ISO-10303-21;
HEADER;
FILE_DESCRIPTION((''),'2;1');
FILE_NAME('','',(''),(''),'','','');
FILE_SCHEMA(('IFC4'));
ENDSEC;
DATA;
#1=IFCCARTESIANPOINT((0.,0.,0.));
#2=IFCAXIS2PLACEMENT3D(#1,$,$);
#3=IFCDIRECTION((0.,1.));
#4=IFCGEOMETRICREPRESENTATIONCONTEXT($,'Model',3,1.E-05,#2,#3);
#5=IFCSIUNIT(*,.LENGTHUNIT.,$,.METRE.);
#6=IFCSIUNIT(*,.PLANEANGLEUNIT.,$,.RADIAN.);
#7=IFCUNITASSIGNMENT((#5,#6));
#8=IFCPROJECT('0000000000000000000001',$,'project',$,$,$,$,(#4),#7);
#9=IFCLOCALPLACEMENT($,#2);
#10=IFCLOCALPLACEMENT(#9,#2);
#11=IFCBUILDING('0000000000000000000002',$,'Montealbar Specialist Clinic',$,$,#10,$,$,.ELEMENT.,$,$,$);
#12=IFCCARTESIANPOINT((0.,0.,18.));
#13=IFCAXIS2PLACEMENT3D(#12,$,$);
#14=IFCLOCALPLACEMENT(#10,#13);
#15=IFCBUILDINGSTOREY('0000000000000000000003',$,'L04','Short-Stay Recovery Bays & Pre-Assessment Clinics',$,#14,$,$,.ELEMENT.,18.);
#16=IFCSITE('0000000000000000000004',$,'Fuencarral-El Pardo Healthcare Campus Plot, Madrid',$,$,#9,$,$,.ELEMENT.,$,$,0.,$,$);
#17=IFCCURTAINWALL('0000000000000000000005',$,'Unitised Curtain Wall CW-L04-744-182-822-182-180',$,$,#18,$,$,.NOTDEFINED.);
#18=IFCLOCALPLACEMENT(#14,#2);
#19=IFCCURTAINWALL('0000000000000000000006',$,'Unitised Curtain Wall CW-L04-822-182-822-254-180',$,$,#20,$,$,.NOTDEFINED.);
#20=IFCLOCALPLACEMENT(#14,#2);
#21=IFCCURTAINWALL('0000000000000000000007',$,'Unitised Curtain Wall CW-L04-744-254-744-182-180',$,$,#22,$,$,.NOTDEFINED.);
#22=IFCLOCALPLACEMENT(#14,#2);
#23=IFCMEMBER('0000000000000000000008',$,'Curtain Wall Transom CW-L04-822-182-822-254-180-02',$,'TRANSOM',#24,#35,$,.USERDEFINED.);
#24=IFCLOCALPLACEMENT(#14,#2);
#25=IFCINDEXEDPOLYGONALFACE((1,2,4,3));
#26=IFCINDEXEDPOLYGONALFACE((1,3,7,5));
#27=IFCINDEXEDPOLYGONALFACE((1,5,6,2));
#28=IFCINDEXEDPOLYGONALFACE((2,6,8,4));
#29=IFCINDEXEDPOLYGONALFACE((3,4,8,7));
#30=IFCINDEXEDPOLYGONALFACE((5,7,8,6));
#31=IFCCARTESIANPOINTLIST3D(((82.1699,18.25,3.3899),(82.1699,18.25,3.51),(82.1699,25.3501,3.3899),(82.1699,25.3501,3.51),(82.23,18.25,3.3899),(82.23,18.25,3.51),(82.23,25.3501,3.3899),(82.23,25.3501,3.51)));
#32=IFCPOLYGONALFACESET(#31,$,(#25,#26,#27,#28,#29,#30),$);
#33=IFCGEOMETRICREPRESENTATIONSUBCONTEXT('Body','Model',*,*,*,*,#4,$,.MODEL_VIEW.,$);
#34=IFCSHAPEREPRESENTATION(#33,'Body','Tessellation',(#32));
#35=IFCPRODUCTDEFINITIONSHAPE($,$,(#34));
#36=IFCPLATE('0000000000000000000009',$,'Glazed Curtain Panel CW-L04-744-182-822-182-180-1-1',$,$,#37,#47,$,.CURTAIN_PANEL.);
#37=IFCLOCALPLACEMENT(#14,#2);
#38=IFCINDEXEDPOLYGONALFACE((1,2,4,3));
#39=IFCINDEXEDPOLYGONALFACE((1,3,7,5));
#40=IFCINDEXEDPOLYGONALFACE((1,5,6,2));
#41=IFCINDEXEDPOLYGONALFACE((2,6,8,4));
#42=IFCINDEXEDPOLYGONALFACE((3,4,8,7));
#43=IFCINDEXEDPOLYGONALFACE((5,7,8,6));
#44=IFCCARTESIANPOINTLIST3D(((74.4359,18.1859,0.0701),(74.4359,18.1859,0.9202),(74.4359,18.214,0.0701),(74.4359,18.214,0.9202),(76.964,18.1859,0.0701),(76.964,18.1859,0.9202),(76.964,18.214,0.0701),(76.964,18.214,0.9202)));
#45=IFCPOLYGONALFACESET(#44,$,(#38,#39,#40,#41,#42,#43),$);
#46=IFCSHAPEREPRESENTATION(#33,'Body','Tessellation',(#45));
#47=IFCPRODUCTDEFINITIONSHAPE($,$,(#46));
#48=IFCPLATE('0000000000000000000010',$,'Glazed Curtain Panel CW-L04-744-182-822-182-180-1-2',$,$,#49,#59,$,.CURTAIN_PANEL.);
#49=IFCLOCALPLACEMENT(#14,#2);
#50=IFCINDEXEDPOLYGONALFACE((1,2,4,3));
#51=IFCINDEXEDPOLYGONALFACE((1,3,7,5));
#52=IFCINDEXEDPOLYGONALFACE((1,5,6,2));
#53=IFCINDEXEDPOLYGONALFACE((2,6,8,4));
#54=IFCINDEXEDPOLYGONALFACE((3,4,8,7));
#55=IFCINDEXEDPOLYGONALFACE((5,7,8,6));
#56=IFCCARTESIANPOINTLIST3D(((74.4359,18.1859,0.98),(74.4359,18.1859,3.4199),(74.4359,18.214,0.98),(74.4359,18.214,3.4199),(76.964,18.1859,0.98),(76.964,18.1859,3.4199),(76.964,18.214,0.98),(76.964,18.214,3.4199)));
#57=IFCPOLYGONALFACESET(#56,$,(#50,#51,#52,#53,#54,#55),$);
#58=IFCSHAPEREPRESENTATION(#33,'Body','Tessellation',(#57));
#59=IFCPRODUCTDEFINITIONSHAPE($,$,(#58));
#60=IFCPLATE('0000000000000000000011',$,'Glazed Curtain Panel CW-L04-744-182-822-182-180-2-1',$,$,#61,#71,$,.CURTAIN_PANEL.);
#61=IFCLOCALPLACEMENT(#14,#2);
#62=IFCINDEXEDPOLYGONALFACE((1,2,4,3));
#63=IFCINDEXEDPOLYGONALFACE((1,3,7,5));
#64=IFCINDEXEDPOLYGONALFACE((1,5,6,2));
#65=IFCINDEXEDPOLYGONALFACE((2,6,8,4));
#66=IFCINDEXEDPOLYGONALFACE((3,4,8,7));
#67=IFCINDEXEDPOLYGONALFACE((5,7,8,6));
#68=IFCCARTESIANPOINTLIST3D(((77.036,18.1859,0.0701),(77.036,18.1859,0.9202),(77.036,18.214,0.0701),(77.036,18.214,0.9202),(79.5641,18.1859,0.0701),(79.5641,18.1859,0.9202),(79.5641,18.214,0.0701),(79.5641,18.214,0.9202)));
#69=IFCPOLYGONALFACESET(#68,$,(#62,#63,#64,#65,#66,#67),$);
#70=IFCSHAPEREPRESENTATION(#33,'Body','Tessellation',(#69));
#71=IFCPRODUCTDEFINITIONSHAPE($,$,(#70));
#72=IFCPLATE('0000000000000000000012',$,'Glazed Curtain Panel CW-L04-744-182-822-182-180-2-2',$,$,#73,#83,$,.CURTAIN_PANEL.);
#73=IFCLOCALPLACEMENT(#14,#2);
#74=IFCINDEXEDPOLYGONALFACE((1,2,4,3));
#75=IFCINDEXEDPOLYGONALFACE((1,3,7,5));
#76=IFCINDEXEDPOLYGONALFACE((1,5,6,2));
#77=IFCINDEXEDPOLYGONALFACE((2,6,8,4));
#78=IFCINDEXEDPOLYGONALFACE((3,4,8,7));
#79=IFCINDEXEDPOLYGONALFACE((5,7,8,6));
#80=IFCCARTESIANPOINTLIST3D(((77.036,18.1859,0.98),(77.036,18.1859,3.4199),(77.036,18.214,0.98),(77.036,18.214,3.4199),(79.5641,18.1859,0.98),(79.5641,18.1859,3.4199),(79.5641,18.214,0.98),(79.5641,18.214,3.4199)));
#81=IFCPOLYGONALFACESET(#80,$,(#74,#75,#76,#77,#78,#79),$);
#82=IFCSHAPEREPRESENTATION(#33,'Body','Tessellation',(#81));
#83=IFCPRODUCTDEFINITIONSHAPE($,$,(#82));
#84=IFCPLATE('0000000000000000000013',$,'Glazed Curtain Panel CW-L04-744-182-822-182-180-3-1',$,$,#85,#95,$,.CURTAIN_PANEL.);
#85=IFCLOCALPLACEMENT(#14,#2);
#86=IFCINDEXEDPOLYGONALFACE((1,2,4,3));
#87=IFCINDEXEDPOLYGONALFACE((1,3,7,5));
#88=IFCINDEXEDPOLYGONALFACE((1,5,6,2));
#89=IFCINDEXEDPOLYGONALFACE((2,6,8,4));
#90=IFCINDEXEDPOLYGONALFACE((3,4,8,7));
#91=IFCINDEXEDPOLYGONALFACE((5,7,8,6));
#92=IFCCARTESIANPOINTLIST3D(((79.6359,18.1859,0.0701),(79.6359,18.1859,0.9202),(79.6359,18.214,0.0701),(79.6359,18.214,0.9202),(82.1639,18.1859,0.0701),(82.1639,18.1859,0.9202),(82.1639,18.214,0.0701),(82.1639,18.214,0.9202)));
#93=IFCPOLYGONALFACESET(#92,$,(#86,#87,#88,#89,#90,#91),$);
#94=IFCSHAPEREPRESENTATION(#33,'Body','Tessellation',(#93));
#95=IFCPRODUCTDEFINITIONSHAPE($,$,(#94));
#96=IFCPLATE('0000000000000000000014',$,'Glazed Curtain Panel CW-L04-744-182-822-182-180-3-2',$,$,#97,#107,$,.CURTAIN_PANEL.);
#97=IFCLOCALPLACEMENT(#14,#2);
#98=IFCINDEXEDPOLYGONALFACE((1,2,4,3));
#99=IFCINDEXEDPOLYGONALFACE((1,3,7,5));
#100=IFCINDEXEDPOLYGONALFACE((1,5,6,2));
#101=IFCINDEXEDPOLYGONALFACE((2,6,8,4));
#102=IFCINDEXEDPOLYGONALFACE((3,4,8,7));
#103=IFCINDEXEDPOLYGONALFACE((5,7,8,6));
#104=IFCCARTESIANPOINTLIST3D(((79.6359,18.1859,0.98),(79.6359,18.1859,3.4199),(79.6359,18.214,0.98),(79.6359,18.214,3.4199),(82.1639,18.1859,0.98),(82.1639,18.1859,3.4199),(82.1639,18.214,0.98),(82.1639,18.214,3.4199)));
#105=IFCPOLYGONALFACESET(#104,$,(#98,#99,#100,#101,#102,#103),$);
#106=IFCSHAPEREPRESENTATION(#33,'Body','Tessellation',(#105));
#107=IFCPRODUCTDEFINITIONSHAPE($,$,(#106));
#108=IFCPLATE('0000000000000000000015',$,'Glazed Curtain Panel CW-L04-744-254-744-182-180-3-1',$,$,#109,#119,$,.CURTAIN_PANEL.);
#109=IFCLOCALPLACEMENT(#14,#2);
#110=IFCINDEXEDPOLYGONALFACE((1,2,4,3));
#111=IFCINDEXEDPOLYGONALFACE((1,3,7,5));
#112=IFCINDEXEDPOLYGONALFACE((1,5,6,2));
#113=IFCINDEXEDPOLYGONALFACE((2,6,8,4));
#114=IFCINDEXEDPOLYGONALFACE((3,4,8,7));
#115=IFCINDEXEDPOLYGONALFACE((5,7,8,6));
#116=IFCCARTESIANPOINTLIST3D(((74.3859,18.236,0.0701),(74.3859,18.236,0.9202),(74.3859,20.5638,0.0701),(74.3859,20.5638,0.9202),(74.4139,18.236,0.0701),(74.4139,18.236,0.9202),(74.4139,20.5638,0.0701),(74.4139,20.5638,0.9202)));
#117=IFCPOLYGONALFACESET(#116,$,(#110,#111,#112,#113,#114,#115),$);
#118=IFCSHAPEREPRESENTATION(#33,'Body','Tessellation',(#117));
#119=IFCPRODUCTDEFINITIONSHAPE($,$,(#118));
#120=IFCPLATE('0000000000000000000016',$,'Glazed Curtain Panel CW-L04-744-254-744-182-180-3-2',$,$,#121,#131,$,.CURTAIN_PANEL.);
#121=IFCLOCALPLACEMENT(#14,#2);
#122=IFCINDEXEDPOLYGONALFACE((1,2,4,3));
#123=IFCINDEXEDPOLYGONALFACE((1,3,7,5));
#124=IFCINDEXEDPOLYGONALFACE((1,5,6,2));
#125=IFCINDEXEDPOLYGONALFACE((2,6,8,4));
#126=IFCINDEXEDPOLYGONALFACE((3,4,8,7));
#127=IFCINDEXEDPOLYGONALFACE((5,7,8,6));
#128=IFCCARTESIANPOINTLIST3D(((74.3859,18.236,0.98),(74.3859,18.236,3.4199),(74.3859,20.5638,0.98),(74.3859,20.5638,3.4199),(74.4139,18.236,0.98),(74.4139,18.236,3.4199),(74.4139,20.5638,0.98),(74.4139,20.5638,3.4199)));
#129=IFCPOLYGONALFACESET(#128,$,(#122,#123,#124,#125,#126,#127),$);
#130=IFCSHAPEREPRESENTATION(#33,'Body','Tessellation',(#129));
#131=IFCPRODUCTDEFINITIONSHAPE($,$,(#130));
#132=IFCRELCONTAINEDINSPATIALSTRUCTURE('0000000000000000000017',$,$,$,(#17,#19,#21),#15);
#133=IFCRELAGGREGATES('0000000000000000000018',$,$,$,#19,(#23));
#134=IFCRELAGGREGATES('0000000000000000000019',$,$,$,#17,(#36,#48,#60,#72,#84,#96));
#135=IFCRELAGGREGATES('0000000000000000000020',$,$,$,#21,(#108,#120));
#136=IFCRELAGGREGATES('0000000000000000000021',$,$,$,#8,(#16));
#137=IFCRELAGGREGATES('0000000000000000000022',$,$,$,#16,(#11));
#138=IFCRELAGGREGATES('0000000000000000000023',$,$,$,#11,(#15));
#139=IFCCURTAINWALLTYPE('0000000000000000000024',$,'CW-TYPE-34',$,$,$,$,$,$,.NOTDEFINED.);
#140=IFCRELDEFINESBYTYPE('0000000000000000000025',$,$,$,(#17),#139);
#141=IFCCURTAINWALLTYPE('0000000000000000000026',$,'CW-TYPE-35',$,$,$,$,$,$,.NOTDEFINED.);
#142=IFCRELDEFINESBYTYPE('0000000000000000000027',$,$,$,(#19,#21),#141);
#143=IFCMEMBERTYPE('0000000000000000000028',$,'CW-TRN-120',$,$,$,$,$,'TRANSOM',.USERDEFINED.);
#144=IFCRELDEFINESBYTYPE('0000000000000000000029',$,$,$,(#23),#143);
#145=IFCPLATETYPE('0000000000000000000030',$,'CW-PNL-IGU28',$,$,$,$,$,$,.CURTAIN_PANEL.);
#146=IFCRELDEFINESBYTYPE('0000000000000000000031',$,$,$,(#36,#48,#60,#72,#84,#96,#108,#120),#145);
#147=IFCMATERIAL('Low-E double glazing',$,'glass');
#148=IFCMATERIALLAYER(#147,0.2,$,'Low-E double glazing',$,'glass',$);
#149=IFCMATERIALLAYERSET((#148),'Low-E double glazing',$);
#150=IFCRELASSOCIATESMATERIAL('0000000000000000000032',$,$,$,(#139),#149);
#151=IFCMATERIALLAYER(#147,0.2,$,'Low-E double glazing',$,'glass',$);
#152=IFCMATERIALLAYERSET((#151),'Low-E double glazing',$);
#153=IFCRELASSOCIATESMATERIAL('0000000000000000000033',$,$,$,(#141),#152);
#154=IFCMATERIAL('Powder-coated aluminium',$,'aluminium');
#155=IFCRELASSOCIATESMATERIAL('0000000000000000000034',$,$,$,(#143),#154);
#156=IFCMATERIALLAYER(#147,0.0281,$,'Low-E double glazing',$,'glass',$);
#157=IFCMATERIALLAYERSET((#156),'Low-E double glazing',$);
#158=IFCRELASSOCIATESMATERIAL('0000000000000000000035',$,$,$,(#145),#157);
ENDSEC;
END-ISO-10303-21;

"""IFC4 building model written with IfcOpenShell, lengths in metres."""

from ifc_helpers import new_model, si_unit, direction, frame, origin, origin_2d, place, context, subcontext, project, spatial, rectangle, extrude, material, layer, layer_set, material_profile, profile_set, type_object, element, aggregate, save


model = new_model("IFC4")

# Units and contexts
model_context = context("Model", 3, precision=1e-05, world=origin(), true_north=direction((0.0, 1.0)))
body_context = subcontext(model_context, "Body", "Model", "MODEL_VIEW")
ifc_project = project(units=[si_unit("LENGTHUNIT", "METRE"), si_unit("PLANEANGLEUNIT", "RADIAN")], contexts=[model_context])

# Site, building, storey
site_placement = place(None, origin())
site = spatial("IfcSite", under=ifc_project, at=site_placement, Name="Fuencarral-El Pardo Healthcare Campus Plot, Madrid", CompositionType="ELEMENT", RefElevation=0.0)
building_placement = place(site_placement, origin())
building = spatial("IfcBuilding", under=site, at=building_placement, Name="Montealbar Specialist Clinic", CompositionType="ELEMENT")
storey_placement = place(building_placement, frame((0.0, 0.0, 18.0)))
storey = spatial("IfcBuildingStorey", under=building, at=storey_placement, Name="L04", Description="Short-Stay Recovery Bays & Pre-Assessment Clinics", CompositionType="ELEMENT", Elevation=18.0)

# Curtain wall
ifc_material_1 = material(Name="Low-E double glazing", Category="glass")
ifc_layer_1 = layer(ifc_material_1, 0.2, Name="Low-E double glazing", Category="glass")
ifc_layer_set_1 = layer_set([ifc_layer_1], Name="Low-E double glazing")
curtain_wall_type_1 = type_object("IfcCurtainWallType", Name="CW-TYPE-34", PredefinedType="NOTDEFINED", material=ifc_layer_set_1)
curtain_wall_1_placement = place(storey_placement, origin())
curtain_wall_1 = element("IfcCurtainWall", 1, at=curtain_wall_1_placement, inside=storey, type_object=curtain_wall_type_1, Name="Unitised Curtain Wall CW-L04-744-182-822-182-180", PredefinedType="NOTDEFINED")

# Curtain walls
ifc_layer_2 = layer(ifc_material_1, 0.2, Name="Low-E double glazing", Category="glass")
ifc_layer_set_2 = layer_set([ifc_layer_2], Name="Low-E double glazing")
curtain_wall_type_2 = type_object("IfcCurtainWallType", Name="CW-TYPE-35", PredefinedType="NOTDEFINED", material=ifc_layer_set_2)
curtain_wall_2_placement = place(storey_placement, origin())
curtain_wall_2 = element("IfcCurtainWall", 2, at=curtain_wall_2_placement, inside=storey, type_object=curtain_wall_type_2, Name="Unitised Curtain Wall CW-L04-822-182-822-254-180", PredefinedType="NOTDEFINED")
curtain_wall_3_placement = place(storey_placement, origin())
curtain_wall_3 = element("IfcCurtainWall", 3, at=curtain_wall_3_placement, inside=storey, type_object=curtain_wall_type_2, Name="Unitised Curtain Wall CW-L04-744-254-744-182-180", PredefinedType="NOTDEFINED")

# Member
ifc_material_2 = material(Name="Powder-coated aluminium", Category="aluminium")
ifc_material_profile_1 = material_profile(ifc_material_2, rectangle(XDim=0.0601, YDim=0.1201, at=origin_2d()), Name="ALU 60x120", Category="aluminium")
ifc_profile_set_1 = profile_set([ifc_material_profile_1], Name="Powder-coated aluminium")
member_type_1 = type_object("IfcMemberType", Name="CW-TRN-120", ElementType="TRANSOM", PredefinedType="USERDEFINED", material=ifc_profile_set_1)
member_1_placement = place(storey_placement, frame((82.2, 18.25, 3.45), z_axis=(0.0, 1.0, 0.0), x_axis=(-1.0, 0.0, 0.0)))
member_1 = element("IfcMember", 4, at=member_1_placement, type_object=member_type_1, Name="Curtain Wall Transom CW-L04-822-182-822-254-180-02", ObjectType="TRANSOM", PredefinedType="USERDEFINED", context=body_context, shape_type="SweptSolid", body=[
    extrude(rectangle(XDim=0.0601, YDim=0.1201, at=origin_2d()), origin(), (0.0, 0.0, 1.0), 7.1001),
])
aggregate(curtain_wall_2, [member_1])

# Plates
ifc_layer_3 = layer(ifc_material_1, 0.0281, Name="Low-E double glazing", Category="glass")
ifc_layer_set_3 = layer_set([ifc_layer_3], Name="Low-E double glazing")
plate_type = type_object("IfcPlateType", Name="CW-PNL-IGU28", PredefinedType="CURTAIN_PANEL", material=ifc_layer_set_3)
plate_1_placement = place(storey_placement, frame((75.7, 18.2, 0.0701), z_axis=(0.0, 0.0, 1.0), x_axis=(1.0, 0.0, 0.0)))
plate_1 = element("IfcPlate", 5, at=plate_1_placement, type_object=plate_type, Name="Glazed Curtain Panel CW-L04-744-182-822-182-180-1-1", PredefinedType="CURTAIN_PANEL", context=body_context, shape_type="SweptSolid", body=[
    extrude(rectangle(XDim=2.5281, YDim=0.0281, at=origin_2d()), origin(), (0.0, 0.0, 1.0), 0.8501),
])
plate_2_placement = place(storey_placement, frame((75.7, 18.2, 0.98), z_axis=(0.0, 0.0, 1.0), x_axis=(1.0, 0.0, 0.0)))
plate_2 = element("IfcPlate", 6, at=plate_2_placement, type_object=plate_type, Name="Glazed Curtain Panel CW-L04-744-182-822-182-180-1-2", PredefinedType="CURTAIN_PANEL", context=body_context, shape_type="SweptSolid", body=[
    extrude(rectangle(XDim=2.5281, YDim=0.0281, at=origin_2d()), origin(), (0.0, 0.0, 1.0), 2.4399),
])
plate_3_placement = place(storey_placement, frame((78.3, 18.2, 0.0701), z_axis=(0.0, 0.0, 1.0), x_axis=(1.0, 0.0, 0.0)))
plate_3 = element("IfcPlate", 7, at=plate_3_placement, type_object=plate_type, Name="Glazed Curtain Panel CW-L04-744-182-822-182-180-2-1", PredefinedType="CURTAIN_PANEL", context=body_context, shape_type="SweptSolid", body=[
    extrude(rectangle(XDim=2.5281, YDim=0.0281, at=origin_2d()), origin(), (0.0, 0.0, 1.0), 0.8501),
])
plate_4_placement = place(storey_placement, frame((78.3, 18.2, 0.98), z_axis=(0.0, 0.0, 1.0), x_axis=(1.0, 0.0, 0.0)))
plate_4 = element("IfcPlate", 8, at=plate_4_placement, type_object=plate_type, Name="Glazed Curtain Panel CW-L04-744-182-822-182-180-2-2", PredefinedType="CURTAIN_PANEL", context=body_context, shape_type="SweptSolid", body=[
    extrude(rectangle(XDim=2.5281, YDim=0.0281, at=origin_2d()), origin(), (0.0, 0.0, 1.0), 2.4399),
])
plate_5_placement = place(storey_placement, frame((80.8999, 18.2, 0.0701), z_axis=(0.0, 0.0, 1.0), x_axis=(1.0, 0.0, 0.0)))
plate_5 = element("IfcPlate", 9, at=plate_5_placement, type_object=plate_type, Name="Glazed Curtain Panel CW-L04-744-182-822-182-180-3-1", PredefinedType="CURTAIN_PANEL", context=body_context, shape_type="SweptSolid", body=[
    extrude(rectangle(XDim=2.5281, YDim=0.0281, at=origin_2d()), origin(), (0.0, 0.0, 1.0), 0.8501),
])
plate_6_placement = place(storey_placement, frame((80.8999, 18.2, 0.98), z_axis=(0.0, 0.0, 1.0), x_axis=(1.0, 0.0, 0.0)))
plate_6 = element("IfcPlate", 10, at=plate_6_placement, type_object=plate_type, Name="Glazed Curtain Panel CW-L04-744-182-822-182-180-3-2", PredefinedType="CURTAIN_PANEL", context=body_context, shape_type="SweptSolid", body=[
    extrude(rectangle(XDim=2.5281, YDim=0.0281, at=origin_2d()), origin(), (0.0, 0.0, 1.0), 2.4399),
])
aggregate(curtain_wall_1, [plate_1, plate_2, plate_3, plate_4, plate_5, plate_6])
plate_7_placement = place(storey_placement, frame((74.3999, 19.3999, 0.0701), z_axis=(0.0, 0.0, 1.0), x_axis=(0.0, -1.0, 0.0)))
plate_7 = element("IfcPlate", 11, at=plate_7_placement, type_object=plate_type, Name="Glazed Curtain Panel CW-L04-744-254-744-182-180-3-1", PredefinedType="CURTAIN_PANEL", context=body_context, shape_type="SweptSolid", body=[
    extrude(rectangle(XDim=2.3279, YDim=0.0281, at=origin_2d()), origin(), (0.0, 0.0, 1.0), 0.8501),
])
plate_8_placement = place(storey_placement, frame((74.3999, 19.3999, 0.98), z_axis=(0.0, 0.0, 1.0), x_axis=(0.0, -1.0, 0.0)))
plate_8 = element("IfcPlate", 12, at=plate_8_placement, type_object=plate_type, Name="Glazed Curtain Panel CW-L04-744-254-744-182-180-3-2", PredefinedType="CURTAIN_PANEL", context=body_context, shape_type="SweptSolid", body=[
    extrude(rectangle(XDim=2.3279, YDim=0.0281, at=origin_2d()), origin(), (0.0, 0.0, 1.0), 2.4399),
])
aggregate(curtain_wall_3, [plate_7, plate_8])

save(model, "model.ifc")
